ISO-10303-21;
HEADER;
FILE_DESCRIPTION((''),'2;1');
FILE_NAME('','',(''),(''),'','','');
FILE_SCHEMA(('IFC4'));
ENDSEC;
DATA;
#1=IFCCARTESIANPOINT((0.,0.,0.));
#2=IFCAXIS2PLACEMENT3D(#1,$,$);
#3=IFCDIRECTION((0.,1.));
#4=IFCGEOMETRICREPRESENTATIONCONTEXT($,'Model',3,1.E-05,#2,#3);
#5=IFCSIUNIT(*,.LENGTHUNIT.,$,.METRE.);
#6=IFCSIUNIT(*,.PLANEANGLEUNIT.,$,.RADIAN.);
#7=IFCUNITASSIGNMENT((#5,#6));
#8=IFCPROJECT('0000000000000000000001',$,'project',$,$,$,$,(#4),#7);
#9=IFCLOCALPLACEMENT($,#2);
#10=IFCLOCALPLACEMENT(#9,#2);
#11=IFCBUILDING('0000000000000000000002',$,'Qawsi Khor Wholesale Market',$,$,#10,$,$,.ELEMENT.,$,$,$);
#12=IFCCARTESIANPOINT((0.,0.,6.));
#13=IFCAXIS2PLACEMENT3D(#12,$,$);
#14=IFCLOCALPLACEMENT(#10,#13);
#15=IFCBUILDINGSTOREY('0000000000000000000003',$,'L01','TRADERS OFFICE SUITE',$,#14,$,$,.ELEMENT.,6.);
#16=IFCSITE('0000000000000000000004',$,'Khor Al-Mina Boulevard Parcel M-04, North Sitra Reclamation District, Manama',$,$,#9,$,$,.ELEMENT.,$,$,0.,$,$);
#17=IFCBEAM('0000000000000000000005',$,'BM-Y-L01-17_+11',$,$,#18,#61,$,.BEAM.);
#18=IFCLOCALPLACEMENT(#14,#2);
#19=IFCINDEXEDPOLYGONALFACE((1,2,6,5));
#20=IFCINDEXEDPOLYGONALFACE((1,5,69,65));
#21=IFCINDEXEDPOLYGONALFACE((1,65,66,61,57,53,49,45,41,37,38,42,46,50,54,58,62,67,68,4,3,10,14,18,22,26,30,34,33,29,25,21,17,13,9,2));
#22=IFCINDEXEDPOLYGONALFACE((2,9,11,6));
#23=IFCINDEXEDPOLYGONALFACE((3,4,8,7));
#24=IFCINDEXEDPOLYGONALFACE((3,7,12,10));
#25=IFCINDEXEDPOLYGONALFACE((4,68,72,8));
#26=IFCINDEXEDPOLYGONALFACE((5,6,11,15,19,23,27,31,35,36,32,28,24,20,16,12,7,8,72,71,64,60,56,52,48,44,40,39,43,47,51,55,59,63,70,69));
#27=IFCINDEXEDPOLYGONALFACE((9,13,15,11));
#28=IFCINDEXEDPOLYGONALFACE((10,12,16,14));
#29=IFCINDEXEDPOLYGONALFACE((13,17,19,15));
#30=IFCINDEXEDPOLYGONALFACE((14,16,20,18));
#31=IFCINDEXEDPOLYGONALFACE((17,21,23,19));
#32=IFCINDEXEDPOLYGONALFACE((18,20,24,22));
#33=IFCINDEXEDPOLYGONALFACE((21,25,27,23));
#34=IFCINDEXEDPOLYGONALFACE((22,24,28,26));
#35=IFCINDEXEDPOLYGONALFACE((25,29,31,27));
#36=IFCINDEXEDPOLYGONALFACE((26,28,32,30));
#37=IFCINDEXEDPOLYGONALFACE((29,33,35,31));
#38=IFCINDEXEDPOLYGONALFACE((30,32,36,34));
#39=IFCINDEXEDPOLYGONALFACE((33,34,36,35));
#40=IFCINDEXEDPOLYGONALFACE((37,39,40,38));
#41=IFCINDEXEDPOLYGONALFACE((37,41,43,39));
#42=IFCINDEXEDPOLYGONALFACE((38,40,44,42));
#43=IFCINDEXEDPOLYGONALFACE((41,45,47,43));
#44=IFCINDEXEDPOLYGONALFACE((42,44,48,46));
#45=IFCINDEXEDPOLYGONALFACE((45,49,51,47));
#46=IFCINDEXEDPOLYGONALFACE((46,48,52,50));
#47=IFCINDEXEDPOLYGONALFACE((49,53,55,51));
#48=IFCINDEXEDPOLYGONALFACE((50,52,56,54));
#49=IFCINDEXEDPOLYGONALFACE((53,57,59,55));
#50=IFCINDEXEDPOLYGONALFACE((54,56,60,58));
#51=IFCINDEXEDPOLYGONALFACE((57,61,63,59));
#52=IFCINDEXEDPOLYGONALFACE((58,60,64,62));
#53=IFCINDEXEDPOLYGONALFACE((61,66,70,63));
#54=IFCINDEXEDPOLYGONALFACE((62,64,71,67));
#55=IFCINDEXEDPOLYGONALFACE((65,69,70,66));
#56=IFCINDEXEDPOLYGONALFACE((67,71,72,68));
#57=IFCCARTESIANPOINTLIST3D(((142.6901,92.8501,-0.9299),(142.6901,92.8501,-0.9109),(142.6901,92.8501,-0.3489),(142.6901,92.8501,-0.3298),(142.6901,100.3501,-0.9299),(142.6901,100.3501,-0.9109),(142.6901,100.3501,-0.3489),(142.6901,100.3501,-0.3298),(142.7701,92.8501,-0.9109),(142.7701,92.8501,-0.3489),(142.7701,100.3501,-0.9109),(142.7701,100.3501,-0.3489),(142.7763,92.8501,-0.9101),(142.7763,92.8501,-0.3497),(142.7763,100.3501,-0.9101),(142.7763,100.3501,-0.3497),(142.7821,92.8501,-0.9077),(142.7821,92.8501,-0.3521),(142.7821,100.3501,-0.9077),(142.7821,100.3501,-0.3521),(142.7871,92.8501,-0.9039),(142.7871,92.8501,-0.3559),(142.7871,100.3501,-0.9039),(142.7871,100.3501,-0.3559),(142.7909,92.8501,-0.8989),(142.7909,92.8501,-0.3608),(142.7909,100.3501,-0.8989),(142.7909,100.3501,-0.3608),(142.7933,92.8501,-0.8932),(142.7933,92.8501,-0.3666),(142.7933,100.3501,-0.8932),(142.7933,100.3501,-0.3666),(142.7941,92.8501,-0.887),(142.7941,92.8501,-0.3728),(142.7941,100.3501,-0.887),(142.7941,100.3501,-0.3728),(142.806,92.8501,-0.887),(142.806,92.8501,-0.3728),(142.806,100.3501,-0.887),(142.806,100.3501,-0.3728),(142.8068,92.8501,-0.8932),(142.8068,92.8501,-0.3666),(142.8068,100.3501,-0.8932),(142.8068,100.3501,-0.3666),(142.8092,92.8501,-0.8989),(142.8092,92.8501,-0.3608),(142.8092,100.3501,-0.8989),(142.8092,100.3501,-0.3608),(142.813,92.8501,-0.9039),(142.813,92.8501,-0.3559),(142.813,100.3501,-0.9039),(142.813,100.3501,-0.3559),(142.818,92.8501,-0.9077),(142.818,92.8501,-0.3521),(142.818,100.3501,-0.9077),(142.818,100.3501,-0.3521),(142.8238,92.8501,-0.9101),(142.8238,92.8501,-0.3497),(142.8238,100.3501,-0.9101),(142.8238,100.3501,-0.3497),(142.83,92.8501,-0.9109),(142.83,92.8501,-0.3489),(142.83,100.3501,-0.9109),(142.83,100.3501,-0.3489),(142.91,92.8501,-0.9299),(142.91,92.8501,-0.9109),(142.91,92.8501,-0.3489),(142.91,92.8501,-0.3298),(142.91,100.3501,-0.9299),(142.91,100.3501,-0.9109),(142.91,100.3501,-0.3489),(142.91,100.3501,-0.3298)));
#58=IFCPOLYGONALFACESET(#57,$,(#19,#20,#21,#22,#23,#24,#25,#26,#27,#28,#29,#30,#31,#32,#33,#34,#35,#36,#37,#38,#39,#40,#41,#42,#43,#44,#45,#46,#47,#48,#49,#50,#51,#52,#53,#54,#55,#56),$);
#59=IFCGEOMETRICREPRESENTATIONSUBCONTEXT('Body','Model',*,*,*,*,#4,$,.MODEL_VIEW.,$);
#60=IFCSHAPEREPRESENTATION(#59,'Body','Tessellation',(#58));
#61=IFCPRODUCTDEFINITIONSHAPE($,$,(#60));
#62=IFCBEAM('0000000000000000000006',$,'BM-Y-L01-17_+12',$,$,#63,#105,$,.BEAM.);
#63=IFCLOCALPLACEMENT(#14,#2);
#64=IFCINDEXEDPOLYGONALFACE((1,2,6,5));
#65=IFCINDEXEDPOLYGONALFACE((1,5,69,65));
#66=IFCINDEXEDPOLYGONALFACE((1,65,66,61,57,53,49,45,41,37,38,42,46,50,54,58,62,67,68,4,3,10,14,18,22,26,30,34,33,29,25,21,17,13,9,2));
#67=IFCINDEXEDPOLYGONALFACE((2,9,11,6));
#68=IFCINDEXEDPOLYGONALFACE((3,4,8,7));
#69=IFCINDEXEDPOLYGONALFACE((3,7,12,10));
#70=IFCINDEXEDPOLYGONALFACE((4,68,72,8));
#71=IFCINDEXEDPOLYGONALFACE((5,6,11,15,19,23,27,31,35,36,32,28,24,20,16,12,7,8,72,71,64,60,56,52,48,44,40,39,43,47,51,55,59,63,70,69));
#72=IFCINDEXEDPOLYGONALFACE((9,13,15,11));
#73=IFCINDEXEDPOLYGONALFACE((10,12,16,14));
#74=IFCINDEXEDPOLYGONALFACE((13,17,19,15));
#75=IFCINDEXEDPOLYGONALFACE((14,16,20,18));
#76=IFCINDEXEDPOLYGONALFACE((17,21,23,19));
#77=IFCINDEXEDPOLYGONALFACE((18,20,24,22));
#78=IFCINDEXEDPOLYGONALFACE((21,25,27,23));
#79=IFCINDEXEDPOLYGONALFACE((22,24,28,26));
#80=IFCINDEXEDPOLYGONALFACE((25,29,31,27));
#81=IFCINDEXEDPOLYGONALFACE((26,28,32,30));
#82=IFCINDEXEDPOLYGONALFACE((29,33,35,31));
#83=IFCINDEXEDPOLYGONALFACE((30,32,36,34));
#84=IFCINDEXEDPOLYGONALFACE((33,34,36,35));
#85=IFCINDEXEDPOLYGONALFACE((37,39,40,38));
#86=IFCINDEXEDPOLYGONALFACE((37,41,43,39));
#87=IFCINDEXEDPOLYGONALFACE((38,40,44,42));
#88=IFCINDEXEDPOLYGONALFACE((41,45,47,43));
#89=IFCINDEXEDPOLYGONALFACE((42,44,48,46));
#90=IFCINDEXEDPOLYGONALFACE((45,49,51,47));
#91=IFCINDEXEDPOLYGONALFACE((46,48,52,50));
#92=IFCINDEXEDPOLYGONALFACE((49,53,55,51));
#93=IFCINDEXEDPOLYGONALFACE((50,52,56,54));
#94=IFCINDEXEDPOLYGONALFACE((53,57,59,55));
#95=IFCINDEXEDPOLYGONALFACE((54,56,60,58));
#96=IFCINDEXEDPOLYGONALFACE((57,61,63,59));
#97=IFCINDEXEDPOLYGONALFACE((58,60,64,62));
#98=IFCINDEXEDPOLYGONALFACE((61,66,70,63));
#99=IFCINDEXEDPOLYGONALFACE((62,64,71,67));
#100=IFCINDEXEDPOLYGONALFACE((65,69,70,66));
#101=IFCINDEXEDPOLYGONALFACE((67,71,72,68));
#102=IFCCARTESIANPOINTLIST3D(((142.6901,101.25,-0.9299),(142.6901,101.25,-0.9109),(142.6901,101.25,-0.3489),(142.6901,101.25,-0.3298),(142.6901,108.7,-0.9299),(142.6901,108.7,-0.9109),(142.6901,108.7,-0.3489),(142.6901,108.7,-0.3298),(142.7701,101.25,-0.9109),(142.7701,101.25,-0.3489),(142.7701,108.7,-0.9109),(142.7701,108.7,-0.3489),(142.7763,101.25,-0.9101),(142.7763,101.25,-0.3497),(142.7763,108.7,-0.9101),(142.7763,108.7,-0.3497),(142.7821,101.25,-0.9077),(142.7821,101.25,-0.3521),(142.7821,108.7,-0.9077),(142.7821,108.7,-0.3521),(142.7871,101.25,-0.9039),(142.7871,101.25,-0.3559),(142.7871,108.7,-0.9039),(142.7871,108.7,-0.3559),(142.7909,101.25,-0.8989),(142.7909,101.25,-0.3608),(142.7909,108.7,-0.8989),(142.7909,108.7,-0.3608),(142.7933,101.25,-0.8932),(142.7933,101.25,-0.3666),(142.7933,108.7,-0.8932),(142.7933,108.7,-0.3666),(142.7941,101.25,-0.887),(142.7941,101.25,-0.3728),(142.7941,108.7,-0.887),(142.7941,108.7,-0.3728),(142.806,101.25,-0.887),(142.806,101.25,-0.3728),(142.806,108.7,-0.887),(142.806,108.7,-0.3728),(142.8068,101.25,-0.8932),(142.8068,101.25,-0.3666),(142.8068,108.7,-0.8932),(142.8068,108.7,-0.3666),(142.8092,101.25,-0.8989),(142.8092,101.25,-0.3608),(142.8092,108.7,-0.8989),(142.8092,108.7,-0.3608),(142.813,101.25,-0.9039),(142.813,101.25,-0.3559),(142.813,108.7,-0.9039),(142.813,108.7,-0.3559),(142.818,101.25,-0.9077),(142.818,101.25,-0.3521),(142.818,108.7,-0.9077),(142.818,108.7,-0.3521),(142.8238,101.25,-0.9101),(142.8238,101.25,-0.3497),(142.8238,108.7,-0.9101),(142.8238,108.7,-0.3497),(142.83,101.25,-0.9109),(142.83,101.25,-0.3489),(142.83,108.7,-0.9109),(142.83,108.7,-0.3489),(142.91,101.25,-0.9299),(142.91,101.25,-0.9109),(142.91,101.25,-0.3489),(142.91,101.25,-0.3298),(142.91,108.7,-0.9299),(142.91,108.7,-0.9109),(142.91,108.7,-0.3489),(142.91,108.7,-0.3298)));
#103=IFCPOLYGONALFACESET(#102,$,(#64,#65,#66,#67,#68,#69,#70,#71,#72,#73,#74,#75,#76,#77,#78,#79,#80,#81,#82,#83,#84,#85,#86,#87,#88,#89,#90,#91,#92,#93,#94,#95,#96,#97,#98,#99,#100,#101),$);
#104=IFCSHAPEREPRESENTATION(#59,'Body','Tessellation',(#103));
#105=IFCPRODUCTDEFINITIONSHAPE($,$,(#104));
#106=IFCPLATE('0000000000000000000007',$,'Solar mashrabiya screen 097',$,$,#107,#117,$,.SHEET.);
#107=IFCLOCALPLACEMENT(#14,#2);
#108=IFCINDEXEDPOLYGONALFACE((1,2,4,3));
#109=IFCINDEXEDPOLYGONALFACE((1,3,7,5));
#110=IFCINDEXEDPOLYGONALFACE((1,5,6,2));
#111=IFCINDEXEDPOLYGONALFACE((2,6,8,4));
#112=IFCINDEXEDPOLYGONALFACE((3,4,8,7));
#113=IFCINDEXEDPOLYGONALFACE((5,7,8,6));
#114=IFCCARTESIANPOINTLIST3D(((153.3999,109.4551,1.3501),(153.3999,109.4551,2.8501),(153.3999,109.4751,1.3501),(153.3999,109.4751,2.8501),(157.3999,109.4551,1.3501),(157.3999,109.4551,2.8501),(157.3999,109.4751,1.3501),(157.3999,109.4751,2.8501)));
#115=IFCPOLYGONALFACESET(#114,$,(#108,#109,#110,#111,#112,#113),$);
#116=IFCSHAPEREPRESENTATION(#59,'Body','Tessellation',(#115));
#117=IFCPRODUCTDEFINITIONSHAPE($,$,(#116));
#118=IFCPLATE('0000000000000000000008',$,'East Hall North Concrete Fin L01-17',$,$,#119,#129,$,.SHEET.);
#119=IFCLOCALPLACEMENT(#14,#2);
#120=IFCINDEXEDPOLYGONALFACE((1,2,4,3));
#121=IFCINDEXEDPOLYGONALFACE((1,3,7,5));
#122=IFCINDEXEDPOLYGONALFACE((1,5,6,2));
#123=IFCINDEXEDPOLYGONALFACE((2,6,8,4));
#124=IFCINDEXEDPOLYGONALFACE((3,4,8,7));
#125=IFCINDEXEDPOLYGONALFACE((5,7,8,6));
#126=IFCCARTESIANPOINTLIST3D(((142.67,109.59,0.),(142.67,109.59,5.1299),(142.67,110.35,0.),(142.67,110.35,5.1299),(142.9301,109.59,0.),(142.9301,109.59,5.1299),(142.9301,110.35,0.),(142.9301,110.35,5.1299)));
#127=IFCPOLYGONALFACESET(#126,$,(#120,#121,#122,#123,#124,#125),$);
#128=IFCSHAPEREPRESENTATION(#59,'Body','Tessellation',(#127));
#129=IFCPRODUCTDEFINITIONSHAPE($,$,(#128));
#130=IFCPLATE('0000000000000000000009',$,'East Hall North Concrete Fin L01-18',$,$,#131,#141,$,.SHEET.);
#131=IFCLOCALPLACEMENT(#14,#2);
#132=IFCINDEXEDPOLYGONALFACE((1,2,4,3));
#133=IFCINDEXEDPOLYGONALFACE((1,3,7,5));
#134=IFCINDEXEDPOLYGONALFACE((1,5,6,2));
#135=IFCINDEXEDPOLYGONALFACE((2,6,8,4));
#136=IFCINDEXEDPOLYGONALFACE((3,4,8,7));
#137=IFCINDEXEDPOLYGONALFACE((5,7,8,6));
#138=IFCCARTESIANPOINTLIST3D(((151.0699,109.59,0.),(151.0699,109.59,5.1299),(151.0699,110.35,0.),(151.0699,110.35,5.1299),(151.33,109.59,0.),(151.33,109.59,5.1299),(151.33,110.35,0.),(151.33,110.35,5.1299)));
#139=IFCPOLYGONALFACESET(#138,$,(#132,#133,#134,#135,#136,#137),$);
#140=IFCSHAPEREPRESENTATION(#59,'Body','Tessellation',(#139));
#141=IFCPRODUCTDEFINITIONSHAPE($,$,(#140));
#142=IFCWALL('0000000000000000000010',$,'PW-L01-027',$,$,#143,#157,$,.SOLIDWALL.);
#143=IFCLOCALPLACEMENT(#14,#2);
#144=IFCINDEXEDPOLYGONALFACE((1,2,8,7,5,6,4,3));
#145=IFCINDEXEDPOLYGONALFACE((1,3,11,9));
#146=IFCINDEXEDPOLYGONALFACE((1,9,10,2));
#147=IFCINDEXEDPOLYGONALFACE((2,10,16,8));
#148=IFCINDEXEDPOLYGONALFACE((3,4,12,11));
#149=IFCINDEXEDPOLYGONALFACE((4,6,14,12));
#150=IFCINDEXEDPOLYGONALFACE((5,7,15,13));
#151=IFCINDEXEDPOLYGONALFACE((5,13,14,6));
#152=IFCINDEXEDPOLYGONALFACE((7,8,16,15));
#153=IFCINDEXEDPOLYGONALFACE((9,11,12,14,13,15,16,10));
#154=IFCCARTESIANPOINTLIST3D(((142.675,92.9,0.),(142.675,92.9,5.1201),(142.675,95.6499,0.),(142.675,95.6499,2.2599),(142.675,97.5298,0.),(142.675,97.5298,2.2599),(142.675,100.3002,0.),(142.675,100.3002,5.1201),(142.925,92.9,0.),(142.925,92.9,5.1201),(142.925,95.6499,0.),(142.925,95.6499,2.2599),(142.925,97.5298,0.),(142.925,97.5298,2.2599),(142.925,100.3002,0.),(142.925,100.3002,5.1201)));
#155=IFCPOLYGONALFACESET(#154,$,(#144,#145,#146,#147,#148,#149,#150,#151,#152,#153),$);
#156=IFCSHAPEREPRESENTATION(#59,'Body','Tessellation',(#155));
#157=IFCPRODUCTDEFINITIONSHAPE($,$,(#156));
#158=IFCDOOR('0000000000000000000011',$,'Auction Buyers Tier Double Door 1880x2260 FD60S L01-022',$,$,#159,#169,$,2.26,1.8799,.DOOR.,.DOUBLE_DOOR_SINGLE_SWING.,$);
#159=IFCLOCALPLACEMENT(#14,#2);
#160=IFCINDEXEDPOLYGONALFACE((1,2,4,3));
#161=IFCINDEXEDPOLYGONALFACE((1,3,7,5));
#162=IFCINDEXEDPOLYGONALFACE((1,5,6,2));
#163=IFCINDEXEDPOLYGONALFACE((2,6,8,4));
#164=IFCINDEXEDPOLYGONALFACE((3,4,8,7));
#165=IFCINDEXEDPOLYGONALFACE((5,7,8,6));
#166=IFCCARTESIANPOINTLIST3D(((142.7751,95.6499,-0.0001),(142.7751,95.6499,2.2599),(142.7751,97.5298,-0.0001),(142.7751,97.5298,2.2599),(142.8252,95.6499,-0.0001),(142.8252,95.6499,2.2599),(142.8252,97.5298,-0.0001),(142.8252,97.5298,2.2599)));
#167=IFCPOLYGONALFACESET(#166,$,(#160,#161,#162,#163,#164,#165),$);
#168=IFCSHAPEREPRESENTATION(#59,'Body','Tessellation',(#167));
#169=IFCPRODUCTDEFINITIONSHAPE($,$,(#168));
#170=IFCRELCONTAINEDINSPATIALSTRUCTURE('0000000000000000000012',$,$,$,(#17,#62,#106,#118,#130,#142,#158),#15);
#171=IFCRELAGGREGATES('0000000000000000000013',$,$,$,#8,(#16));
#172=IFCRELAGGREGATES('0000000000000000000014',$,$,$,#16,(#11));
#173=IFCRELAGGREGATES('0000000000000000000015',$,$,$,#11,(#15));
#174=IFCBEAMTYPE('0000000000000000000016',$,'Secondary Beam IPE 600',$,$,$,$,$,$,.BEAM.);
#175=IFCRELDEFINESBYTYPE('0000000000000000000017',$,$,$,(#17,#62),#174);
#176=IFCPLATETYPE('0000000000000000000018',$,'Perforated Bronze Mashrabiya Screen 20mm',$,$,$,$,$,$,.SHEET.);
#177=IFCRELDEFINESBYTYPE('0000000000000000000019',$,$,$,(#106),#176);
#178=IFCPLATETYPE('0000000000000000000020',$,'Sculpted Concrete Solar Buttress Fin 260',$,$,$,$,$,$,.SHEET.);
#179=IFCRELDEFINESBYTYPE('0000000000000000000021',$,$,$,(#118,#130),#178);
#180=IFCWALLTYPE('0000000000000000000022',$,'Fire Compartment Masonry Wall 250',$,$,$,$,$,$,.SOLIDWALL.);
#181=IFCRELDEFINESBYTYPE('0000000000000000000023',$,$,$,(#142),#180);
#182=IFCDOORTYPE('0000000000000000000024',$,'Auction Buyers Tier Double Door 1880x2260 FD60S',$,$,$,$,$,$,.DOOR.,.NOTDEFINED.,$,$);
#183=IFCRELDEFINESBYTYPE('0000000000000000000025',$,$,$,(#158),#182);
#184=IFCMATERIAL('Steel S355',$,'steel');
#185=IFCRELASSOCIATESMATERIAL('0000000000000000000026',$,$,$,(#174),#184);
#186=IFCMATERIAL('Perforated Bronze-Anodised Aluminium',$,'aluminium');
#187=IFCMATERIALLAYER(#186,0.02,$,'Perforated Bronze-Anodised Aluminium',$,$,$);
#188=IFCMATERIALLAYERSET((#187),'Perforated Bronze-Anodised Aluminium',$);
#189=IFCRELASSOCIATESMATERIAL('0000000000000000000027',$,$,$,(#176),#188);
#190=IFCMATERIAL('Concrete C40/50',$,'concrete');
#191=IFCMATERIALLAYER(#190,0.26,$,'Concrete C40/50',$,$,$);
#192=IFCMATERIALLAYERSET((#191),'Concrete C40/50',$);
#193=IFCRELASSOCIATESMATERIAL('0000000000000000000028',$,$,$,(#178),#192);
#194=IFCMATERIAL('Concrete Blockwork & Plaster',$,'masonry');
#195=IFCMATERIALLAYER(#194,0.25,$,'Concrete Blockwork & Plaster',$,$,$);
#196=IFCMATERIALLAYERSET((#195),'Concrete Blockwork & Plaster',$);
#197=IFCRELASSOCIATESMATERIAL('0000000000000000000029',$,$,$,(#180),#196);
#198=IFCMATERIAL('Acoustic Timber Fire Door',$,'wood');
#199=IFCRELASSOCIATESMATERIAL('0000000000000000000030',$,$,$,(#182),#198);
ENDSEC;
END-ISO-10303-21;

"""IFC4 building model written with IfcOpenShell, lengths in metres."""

from ifc_helpers import new_model, si_unit, direction, frame, frame_2d, origin, origin_2d, place, context, subcontext, project, spatial, rectangle, i_section, extrude, material, layer, layer_set, material_profile, profile_set, type_object, element, fill, save


model = new_model("IFC4")

# Units and contexts
model_context = context("Model", 3, precision=1e-05, world=origin(), true_north=direction((0.0, 1.0)))
body_context = subcontext(model_context, "Body", "Model", "MODEL_VIEW")
ifc_project = project(units=[si_unit("LENGTHUNIT", "METRE"), si_unit("PLANEANGLEUNIT", "RADIAN")], contexts=[model_context])

# Site, building, storey
site_placement = place(None, origin())
site = spatial("IfcSite", under=ifc_project, at=site_placement, Name="Khor Al-Mina Boulevard Parcel M-04, North Sitra Reclamation District, Manama", CompositionType="ELEMENT", RefElevation=0.0)
building_placement = place(site_placement, origin())
building = spatial("IfcBuilding", under=site, at=building_placement, Name="Qawsi Khor Wholesale Market", CompositionType="ELEMENT")
storey_placement = place(building_placement, frame((0.0, 0.0, 6.0)))
storey = spatial("IfcBuildingStorey", under=building, at=storey_placement, Name="L01", Description="TRADERS OFFICE SUITE", CompositionType="ELEMENT", Elevation=6.0)

# Shared definitions
ifc_material_1 = material(Name="Concrete C40/50", Category="concrete")

# Beams
ifc_material_2 = material(Name="Steel S355", Category="steel")
ifc_material_profile_1 = material_profile(ifc_material_2, i_section(OverallWidth=0.22, OverallDepth=0.6001, WebThickness=0.012, FlangeThickness=0.019, FilletRadius=0.0239, at=origin_2d()), Name="IPE 600")
ifc_profile_set_1 = profile_set([ifc_material_profile_1], Name="Steel S355")
beam_type_1 = type_object("IfcBeamType", Name="Secondary Beam IPE 600", PredefinedType="BEAM", material=ifc_profile_set_1)
beam_1_placement = place(storey_placement, frame((142.8, 92.8501, -0.6299), z_axis=(0.0, 1.0, 0.0), x_axis=(-1.0, 0.0, 0.0)))
element("IfcBeam", 1, at=beam_1_placement, inside=storey, type_object=beam_type_1, Name="BM-Y-L01-17_+11", PredefinedType="BEAM", context=body_context, shape_type="SweptSolid", body=[
    extrude(i_section(OverallWidth=0.22, OverallDepth=0.6001, WebThickness=0.012, FlangeThickness=0.019, FilletRadius=0.0239, at=origin_2d()), origin(), (0.0, 0.0, 1.0), 7.5),
])
beam_2_placement = place(storey_placement, frame((142.8, 101.25, -0.6299), z_axis=(0.0, 1.0, 0.0), x_axis=(-1.0, 0.0, 0.0)))
element("IfcBeam", 2, at=beam_2_placement, inside=storey, type_object=beam_type_1, Name="BM-Y-L01-17_+12", PredefinedType="BEAM", context=body_context, shape_type="SweptSolid", body=[
    extrude(i_section(OverallWidth=0.22, OverallDepth=0.6001, WebThickness=0.012, FlangeThickness=0.019, FilletRadius=0.0239, at=origin_2d()), origin(), (0.0, 0.0, 1.0), 7.45),
])

# Plates
ifc_material_3 = material(Name="Perforated Bronze-Anodised Aluminium", Category="aluminium")
ifc_layer_1 = layer(ifc_material_3, 0.02, Name="Perforated Bronze-Anodised Aluminium")
ifc_layer_set_1 = layer_set([ifc_layer_1], Name="Perforated Bronze-Anodised Aluminium")
plate_type_1 = type_object("IfcPlateType", Name="Perforated Bronze Mashrabiya Screen 20mm", PredefinedType="SHEET", material=ifc_layer_set_1)
plate_placement = place(storey_placement, frame((153.3999, 109.4651, 1.3501), z_axis=(0.0, 0.0, 1.0), x_axis=(1.0, 0.0, 0.0)))
element("IfcPlate", 3, at=plate_placement, inside=storey, type_object=plate_type_1, Name="Solar mashrabiya screen 097", PredefinedType="SHEET", context=body_context, shape_type="SweptSolid", body=[
    extrude(rectangle(XDim=4.0, YDim=0.02, at=frame_2d((2.0, 0.0))), origin(), (0.0, 0.0, 1.0), 1.5),
])
ifc_layer_2 = layer(ifc_material_1, 0.26, Name="Concrete C40/50")
ifc_layer_set_2 = layer_set([ifc_layer_2], Name="Concrete C40/50")
plate_type_2 = type_object("IfcPlateType", Name="Sculpted Concrete Solar Buttress Fin 260", PredefinedType="SHEET", material=ifc_layer_set_2)
for number, where, z_axis, x_axis, name in (
    (4, (142.8, 109.5901, 0.0), (0.0, 0.0, 1.0), (0.0, 1.0, 0.0), "East Hall North Concrete Fin L01-17"),
    (5, (151.2, 109.5901, 0.0), (0.0, 0.0, 1.0), (0.0, 1.0, 0.0), "East Hall North Concrete Fin L01-18"),
):
    element("IfcPlate", number, at=place(storey_placement, frame(where, z_axis=z_axis, x_axis=x_axis)), inside=storey, type_object=plate_type_2, Name=name, PredefinedType="SHEET", context=body_context, shape_type="SweptSolid", body=[
        extrude(rectangle(XDim=0.76, YDim=0.26, at=frame_2d((0.3799, 0.0))), origin(), (0.0, 0.0, 1.0), 5.1299),
    ])

# Wall, opening, door
ifc_material_4 = material(Name="Concrete Blockwork & Plaster", Category="masonry")
ifc_layer_3 = layer(ifc_material_4, 0.25, Name="Concrete Blockwork & Plaster")
ifc_layer_set_3 = layer_set([ifc_layer_3], Name="Concrete Blockwork & Plaster")
wall_type_1 = type_object("IfcWallType", Name="Fire Compartment Masonry Wall 250", PredefinedType="SOLIDWALL", material=ifc_layer_set_3)
wall_1_placement = place(storey_placement, frame((142.8, 92.8999, 0.0), z_axis=(0.0, 0.0, 1.0), x_axis=(0.0, 1.0, 0.0)))
wall_1 = element("IfcWall", 6, at=wall_1_placement, inside=storey, type_object=wall_type_1, Name="PW-L01-027", PredefinedType="SOLIDWALL", context=body_context, shape_type="SweptSolid", body=[
    extrude(rectangle(XDim=7.4001, YDim=0.25, at=frame_2d((3.7002, 0.0))), origin(), (0.0, 0.0, 1.0), 5.1201),
])
opening_1_placement = place(wall_1_placement, frame((2.75, 0.0, 0.0)))
opening_1 = element("IfcOpeningElement", 7, at=opening_1_placement, cuts=wall_1, PredefinedType="OPENING", context=body_context, shape_type="SweptSolid", body=[
    extrude(rectangle(XDim=1.8799, YDim=2.26, at=frame_2d((0.9399, 1.1299))), frame((0.0, 0.135, 0.0), z_axis=(0.0, -1.0, 0.0), x_axis=(1.0, 0.0, 0.0)), (0.0, 0.0, 1.0), 0.27),
])
ifc_material_5 = material(Name="Acoustic Timber Fire Door", Category="wood")
door_type = type_object("IfcDoorType", Name="Auction Buyers Tier Double Door 1880x2260 FD60S", OperationType="NOTDEFINED", PredefinedType="DOOR", material=ifc_material_5)
door_placement = place(opening_1_placement, origin())
door = element("IfcDoor", 8, at=door_placement, inside=storey, type_object=door_type, Name="Auction Buyers Tier Double Door 1880x2260 FD60S L01-022", OperationType="DOUBLE_DOOR_SINGLE_SWING", OverallHeight=2.26, OverallWidth=1.8799, PredefinedType="DOOR", context=body_context, shape_type="SweptSolid", body=[
    extrude(rectangle(XDim=1.8799, YDim=2.26, at=frame_2d((0.9399, 1.1299))), frame((0.0, 0.0249, 0.0), z_axis=(0.0, -1.0, 0.0), x_axis=(1.0, 0.0, 0.0)), (0.0, 0.0, 1.0), 0.05),
])
fill(opening_1, door)

save(model, "model.ifc")
